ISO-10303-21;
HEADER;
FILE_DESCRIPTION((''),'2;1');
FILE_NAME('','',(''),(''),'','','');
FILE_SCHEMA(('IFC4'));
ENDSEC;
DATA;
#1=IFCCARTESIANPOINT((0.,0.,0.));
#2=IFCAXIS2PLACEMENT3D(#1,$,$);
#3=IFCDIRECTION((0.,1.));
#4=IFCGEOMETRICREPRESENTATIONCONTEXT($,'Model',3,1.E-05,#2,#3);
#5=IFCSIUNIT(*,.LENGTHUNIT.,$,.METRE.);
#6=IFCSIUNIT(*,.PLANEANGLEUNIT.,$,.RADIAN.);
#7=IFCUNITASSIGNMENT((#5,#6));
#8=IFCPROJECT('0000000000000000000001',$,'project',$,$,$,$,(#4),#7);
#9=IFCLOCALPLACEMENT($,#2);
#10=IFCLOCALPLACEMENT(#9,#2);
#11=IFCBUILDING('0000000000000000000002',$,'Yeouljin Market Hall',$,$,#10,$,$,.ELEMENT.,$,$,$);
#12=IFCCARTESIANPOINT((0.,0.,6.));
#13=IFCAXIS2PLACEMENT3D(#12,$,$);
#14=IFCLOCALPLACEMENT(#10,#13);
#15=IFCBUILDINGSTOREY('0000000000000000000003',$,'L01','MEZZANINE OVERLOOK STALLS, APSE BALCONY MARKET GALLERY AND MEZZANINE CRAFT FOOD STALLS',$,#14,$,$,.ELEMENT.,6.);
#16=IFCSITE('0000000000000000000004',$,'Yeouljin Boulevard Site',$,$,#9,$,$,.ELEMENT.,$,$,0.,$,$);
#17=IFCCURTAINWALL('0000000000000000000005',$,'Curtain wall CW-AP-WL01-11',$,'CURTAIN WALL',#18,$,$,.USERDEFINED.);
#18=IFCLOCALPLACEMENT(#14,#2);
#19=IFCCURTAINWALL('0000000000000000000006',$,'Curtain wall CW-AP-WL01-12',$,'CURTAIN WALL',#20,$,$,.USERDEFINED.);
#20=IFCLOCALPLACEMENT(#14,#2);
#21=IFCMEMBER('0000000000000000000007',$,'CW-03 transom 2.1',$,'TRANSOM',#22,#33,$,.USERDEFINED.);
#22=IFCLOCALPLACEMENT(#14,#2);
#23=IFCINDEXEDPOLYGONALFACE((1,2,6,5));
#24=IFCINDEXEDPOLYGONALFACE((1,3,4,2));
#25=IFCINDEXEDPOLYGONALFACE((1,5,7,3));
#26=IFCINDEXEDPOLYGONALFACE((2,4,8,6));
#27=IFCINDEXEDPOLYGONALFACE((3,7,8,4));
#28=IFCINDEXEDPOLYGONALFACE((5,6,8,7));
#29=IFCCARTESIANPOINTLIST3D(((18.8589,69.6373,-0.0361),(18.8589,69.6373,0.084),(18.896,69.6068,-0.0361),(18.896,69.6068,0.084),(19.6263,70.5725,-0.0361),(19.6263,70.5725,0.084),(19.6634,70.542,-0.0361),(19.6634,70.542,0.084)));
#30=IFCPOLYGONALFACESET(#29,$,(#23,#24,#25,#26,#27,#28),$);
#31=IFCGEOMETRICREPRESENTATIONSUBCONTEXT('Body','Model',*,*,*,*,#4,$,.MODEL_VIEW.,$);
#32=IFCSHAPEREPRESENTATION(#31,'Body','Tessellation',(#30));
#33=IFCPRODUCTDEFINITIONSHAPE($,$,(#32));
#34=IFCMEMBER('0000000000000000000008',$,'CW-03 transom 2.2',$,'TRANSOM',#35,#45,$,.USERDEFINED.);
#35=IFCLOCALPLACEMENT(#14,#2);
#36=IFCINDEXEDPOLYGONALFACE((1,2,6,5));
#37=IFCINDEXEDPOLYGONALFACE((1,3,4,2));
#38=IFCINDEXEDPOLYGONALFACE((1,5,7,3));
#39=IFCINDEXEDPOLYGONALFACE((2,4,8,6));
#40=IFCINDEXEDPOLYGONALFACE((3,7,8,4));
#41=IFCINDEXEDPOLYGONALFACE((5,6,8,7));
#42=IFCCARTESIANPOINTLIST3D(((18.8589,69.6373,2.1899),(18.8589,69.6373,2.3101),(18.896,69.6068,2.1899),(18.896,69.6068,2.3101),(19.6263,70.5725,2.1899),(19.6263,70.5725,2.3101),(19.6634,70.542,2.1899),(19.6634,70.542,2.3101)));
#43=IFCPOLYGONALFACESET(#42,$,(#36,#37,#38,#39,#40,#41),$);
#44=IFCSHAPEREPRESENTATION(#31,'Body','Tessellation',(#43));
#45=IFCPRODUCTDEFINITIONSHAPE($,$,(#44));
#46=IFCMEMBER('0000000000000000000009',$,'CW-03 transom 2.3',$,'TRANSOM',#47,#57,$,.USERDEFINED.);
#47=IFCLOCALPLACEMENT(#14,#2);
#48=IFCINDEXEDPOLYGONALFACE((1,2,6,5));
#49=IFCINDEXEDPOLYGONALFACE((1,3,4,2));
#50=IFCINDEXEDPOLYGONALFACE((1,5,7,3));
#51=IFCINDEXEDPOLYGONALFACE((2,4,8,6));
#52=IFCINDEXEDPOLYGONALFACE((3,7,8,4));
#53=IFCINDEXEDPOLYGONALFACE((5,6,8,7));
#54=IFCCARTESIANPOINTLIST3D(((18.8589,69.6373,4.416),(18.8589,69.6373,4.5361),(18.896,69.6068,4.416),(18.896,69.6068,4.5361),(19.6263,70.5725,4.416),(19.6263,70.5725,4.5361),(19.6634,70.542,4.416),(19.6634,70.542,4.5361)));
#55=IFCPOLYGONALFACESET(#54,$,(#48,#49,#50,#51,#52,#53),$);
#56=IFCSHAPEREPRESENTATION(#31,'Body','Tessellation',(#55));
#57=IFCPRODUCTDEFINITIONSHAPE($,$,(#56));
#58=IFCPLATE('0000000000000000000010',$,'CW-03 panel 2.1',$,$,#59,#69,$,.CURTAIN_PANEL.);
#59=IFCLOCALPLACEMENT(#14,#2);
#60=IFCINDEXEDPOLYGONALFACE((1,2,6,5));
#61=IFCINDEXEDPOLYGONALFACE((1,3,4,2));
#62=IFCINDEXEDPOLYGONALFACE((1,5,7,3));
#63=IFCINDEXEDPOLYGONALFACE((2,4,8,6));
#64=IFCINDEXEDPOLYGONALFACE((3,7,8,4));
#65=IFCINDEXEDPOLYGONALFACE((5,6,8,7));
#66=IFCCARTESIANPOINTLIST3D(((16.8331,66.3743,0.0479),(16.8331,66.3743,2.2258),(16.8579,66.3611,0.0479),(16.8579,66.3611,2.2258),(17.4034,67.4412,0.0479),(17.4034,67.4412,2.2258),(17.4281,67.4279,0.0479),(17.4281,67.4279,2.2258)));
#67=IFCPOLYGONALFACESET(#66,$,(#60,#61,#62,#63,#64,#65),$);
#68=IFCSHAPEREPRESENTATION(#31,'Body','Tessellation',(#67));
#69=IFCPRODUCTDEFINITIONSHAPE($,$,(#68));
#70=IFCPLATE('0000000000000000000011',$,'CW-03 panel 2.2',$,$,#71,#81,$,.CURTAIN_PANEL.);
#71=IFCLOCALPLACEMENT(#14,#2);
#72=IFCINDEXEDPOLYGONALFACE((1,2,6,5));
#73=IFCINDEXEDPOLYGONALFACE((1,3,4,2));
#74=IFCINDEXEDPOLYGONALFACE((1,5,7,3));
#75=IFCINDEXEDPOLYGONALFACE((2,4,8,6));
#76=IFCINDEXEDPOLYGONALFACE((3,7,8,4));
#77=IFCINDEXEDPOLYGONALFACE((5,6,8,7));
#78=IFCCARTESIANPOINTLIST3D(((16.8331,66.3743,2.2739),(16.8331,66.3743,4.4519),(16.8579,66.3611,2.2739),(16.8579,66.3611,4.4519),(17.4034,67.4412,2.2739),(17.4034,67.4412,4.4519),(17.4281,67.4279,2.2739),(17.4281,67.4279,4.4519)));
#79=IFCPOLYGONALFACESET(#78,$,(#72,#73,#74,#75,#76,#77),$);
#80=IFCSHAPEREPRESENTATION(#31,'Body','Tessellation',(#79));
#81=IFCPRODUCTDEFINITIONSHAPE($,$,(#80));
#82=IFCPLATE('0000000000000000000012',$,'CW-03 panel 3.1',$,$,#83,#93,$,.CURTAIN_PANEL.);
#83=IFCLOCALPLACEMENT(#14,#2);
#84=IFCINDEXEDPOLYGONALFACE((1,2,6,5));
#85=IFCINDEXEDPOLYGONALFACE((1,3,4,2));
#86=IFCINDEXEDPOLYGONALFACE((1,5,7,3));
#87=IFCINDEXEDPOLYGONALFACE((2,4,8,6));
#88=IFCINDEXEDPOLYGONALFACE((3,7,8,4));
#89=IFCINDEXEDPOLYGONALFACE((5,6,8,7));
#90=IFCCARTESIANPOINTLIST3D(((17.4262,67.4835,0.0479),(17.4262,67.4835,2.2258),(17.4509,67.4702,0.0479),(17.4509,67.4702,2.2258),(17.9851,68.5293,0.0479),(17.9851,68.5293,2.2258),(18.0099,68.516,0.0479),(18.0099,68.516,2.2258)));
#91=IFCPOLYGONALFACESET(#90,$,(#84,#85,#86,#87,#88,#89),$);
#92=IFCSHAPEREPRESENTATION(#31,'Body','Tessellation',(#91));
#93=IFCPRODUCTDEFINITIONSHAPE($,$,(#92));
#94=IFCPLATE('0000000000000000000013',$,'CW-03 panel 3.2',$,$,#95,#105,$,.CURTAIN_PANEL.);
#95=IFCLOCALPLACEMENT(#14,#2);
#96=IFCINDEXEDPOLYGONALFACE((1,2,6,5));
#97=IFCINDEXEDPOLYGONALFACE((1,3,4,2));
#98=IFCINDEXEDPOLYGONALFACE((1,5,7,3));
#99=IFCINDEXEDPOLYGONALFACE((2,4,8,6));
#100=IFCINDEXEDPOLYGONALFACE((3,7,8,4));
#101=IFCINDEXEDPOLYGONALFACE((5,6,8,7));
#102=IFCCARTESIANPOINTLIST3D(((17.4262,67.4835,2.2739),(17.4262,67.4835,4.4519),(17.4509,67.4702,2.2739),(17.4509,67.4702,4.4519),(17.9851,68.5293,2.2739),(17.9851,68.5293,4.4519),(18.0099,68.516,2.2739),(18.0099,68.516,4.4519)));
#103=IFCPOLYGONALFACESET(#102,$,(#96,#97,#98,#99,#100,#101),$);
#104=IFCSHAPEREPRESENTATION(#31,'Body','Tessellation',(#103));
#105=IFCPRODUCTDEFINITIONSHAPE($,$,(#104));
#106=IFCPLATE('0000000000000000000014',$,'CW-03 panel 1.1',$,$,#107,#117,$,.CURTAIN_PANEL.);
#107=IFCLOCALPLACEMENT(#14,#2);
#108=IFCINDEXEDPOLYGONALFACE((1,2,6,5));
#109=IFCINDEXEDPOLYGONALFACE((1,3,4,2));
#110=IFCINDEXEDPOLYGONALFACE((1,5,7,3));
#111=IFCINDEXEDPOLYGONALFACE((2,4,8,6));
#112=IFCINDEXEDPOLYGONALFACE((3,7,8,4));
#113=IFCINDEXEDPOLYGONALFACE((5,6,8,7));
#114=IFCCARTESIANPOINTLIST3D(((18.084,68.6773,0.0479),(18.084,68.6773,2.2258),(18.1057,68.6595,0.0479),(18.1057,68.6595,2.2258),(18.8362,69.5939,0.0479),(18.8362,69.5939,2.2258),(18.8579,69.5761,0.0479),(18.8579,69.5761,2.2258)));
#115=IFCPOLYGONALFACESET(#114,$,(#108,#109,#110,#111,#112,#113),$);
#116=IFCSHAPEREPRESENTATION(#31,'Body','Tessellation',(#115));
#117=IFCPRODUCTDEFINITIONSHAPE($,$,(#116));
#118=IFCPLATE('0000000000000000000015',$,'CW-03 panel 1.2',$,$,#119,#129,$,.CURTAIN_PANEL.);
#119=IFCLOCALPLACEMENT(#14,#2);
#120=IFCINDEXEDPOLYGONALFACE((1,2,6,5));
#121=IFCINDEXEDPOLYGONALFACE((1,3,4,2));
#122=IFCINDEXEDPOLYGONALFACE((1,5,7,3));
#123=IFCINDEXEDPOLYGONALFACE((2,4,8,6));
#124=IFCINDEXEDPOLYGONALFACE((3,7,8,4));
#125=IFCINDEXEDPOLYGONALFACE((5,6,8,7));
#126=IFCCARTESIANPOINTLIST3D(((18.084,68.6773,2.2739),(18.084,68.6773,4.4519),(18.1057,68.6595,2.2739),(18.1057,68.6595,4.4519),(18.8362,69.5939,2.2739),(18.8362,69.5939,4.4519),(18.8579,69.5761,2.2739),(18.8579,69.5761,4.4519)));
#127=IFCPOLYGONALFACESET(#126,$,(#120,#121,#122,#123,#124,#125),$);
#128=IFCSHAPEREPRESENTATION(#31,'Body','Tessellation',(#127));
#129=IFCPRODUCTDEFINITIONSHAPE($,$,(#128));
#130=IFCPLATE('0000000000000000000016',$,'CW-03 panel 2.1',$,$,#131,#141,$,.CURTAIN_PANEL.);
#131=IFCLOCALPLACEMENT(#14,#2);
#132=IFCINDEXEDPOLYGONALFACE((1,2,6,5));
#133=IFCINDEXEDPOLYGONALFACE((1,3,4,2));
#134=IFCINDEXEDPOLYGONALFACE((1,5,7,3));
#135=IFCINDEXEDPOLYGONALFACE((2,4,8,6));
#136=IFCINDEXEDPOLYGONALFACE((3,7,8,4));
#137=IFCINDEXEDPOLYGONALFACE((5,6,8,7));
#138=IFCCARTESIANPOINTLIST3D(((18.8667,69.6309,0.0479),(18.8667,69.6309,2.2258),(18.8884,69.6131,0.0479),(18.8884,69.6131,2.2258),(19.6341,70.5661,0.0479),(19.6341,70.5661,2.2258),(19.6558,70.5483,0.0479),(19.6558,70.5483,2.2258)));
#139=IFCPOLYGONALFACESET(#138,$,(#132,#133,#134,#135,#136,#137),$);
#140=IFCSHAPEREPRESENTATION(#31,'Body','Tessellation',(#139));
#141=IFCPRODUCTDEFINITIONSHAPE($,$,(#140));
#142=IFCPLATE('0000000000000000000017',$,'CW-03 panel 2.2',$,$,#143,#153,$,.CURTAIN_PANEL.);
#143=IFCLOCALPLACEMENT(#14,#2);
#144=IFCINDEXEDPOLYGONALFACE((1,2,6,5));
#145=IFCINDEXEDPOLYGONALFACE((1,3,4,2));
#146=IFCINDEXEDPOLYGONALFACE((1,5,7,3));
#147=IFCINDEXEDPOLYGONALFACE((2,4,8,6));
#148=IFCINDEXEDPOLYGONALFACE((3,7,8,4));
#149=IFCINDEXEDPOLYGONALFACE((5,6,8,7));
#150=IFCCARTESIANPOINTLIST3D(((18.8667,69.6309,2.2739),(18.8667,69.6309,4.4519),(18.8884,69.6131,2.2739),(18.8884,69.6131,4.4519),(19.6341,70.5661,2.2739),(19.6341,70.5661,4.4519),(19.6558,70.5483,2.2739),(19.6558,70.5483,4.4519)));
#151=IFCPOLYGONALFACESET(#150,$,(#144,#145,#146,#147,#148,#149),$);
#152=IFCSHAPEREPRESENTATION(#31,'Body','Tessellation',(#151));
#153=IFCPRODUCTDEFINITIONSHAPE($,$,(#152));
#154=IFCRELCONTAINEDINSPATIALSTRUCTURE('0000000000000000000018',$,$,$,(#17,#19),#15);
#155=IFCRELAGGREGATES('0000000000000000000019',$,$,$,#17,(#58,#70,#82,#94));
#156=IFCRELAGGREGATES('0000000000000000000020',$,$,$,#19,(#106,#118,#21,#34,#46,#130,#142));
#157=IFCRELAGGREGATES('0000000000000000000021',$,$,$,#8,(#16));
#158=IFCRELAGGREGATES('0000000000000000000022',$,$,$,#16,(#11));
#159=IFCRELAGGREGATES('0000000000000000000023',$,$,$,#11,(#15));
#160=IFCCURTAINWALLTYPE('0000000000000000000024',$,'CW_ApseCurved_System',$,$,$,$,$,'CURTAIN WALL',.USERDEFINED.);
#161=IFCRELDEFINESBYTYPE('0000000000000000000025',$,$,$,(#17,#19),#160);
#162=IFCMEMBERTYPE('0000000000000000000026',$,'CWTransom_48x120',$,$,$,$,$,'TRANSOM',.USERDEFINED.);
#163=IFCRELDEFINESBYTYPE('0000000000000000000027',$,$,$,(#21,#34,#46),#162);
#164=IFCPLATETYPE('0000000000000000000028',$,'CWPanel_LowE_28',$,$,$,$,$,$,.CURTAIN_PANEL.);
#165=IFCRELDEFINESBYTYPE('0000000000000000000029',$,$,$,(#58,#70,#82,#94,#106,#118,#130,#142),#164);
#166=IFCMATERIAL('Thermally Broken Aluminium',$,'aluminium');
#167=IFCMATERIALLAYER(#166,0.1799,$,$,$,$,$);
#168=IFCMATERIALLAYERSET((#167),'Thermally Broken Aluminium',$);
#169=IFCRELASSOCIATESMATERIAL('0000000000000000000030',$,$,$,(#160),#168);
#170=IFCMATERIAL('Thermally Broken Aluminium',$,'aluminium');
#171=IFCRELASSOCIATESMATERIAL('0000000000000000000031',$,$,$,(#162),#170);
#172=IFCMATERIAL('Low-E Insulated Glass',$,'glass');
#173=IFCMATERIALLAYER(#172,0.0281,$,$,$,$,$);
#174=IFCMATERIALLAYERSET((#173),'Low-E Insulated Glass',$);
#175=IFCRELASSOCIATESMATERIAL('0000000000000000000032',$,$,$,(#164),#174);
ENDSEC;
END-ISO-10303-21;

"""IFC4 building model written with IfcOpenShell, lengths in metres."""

from ifc_helpers import new_model, si_unit, direction, frame, origin, origin_2d, place, context, subcontext, project, spatial, rectangle, extrude, material, layer, layer_set, material_profile, profile_set, type_object, element, aggregate, save


model = new_model("IFC4")

# Units and contexts
model_context = context("Model", 3, precision=1e-05, world=origin(), true_north=direction((0.0, 1.0)))
body_context = subcontext(model_context, "Body", "Model", "MODEL_VIEW")
ifc_project = project(units=[si_unit("LENGTHUNIT", "METRE"), si_unit("PLANEANGLEUNIT", "RADIAN")], contexts=[model_context])

# Site, building, storey
site_placement = place(None, origin())
site = spatial("IfcSite", under=ifc_project, at=site_placement, Name="Yeouljin Boulevard Site", CompositionType="ELEMENT", RefElevation=0.0)
building_placement = place(site_placement, origin())
building = spatial("IfcBuilding", under=site, at=building_placement, Name="Yeouljin Market Hall", CompositionType="ELEMENT")
storey_placement = place(building_placement, frame((0.0, 0.0, 6.0)))
storey = spatial("IfcBuildingStorey", under=building, at=storey_placement, Name="L01", Description="MEZZANINE OVERLOOK STALLS, APSE BALCONY MARKET GALLERY AND MEZZANINE CRAFT FOOD STALLS", CompositionType="ELEMENT", Elevation=6.0)

# Curtain walls
ifc_material_1 = material(Name="Thermally Broken Aluminium", Category="aluminium")
ifc_layer_1 = layer(ifc_material_1, 0.1799)
ifc_layer_set_1 = layer_set([ifc_layer_1], Name="Thermally Broken Aluminium")
curtain_wall_type = type_object("IfcCurtainWallType", Name="CW_ApseCurved_System", ElementType="CURTAIN WALL", PredefinedType="USERDEFINED", material=ifc_layer_set_1)
curtain_wall_1_placement = place(storey_placement, origin())
curtain_wall_1 = element("IfcCurtainWall", 1, at=curtain_wall_1_placement, inside=storey, type_object=curtain_wall_type, Name="Curtain wall CW-AP-WL01-11", ObjectType="CURTAIN WALL", PredefinedType="USERDEFINED")
curtain_wall_2_placement = place(storey_placement, origin())
curtain_wall_2 = element("IfcCurtainWall", 2, at=curtain_wall_2_placement, inside=storey, type_object=curtain_wall_type, Name="Curtain wall CW-AP-WL01-12", ObjectType="CURTAIN WALL", PredefinedType="USERDEFINED")

# Members
ifc_material_2 = material(Name="Thermally Broken Aluminium", Category="aluminium")
ifc_material_profile_1 = material_profile(ifc_material_2, rectangle(XDim=0.0481, YDim=0.1201, at=origin_2d()), Name="CW-TRAN-48x120")
ifc_profile_set_1 = profile_set([ifc_material_profile_1], Name="Thermally Broken Aluminium")
member_type_1 = type_object("IfcMemberType", Name="CWTransom_48x120", ElementType="TRANSOM", PredefinedType="USERDEFINED", material=ifc_profile_set_1)
member_1_placement = place(storey_placement, frame((18.8774, 69.6221, 0.0239), z_axis=(0.634369, 0.77303, 0.0), x_axis=(-0.77303, 0.634369, 0.0)))
member_1 = element("IfcMember", 3, at=member_1_placement, type_object=member_type_1, Name="CW-03 transom 2.1", ObjectType="TRANSOM", PredefinedType="USERDEFINED", context=body_context, shape_type="SweptSolid", body=[
    extrude(rectangle(XDim=0.0481, YDim=0.1201, at=origin_2d()), origin(), (0.0, 0.0, 1.0), 1.2097),
])
member_2_placement = place(storey_placement, frame((18.8774, 69.6221, 2.25), z_axis=(0.634369, 0.77303, 0.0), x_axis=(-0.77303, 0.634369, 0.0)))
member_2 = element("IfcMember", 4, at=member_2_placement, type_object=member_type_1, Name="CW-03 transom 2.2", ObjectType="TRANSOM", PredefinedType="USERDEFINED", context=body_context, shape_type="SweptSolid", body=[
    extrude(rectangle(XDim=0.0481, YDim=0.1201, at=origin_2d()), origin(), (0.0, 0.0, 1.0), 1.2097),
])
member_3_placement = place(storey_placement, frame((18.8774, 69.6221, 4.4761), z_axis=(0.634369, 0.77303, 0.0), x_axis=(-0.77303, 0.634369, 0.0)))
member_3 = element("IfcMember", 5, at=member_3_placement, type_object=member_type_1, Name="CW-03 transom 2.3", ObjectType="TRANSOM", PredefinedType="USERDEFINED", context=body_context, shape_type="SweptSolid", body=[
    extrude(rectangle(XDim=0.0481, YDim=0.1201, at=origin_2d()), origin(), (0.0, 0.0, 1.0), 1.2097),
])

# Plates
ifc_material_3 = material(Name="Low-E Insulated Glass", Category="glass")
ifc_layer_2 = layer(ifc_material_3, 0.0281)
ifc_layer_set_2 = layer_set([ifc_layer_2], Name="Low-E Insulated Glass")
plate_type = type_object("IfcPlateType", Name="CWPanel_LowE_28", PredefinedType="CURTAIN_PANEL", material=ifc_layer_set_2)
plate_1_placement = place(storey_placement, frame((17.1306, 66.9011, 0.0479), z_axis=(0.0, 0.0, 1.0), x_axis=(0.471378, 0.881931, 0.0)))
plate_1 = element("IfcPlate", 6, at=plate_1_placement, type_object=plate_type, Name="CW-03 panel 2.1", PredefinedType="CURTAIN_PANEL", context=body_context, shape_type="SweptSolid", body=[
    extrude(rectangle(XDim=1.2097, YDim=0.0281, at=origin_2d()), origin(), (0.0, 0.0, 1.0), 2.178),
])
plate_2_placement = place(storey_placement, frame((17.1306, 66.9011, 2.2739), z_axis=(0.0, 0.0, 1.0), x_axis=(0.471378, 0.881931, 0.0)))
plate_2 = element("IfcPlate", 7, at=plate_2_placement, type_object=plate_type, Name="CW-03 panel 2.2", PredefinedType="CURTAIN_PANEL", context=body_context, shape_type="SweptSolid", body=[
    extrude(rectangle(XDim=1.2097, YDim=0.0281, at=origin_2d()), origin(), (0.0, 0.0, 1.0), 2.178),
])
plate_3_placement = place(storey_placement, frame((17.718, 67.9998, 0.0479), z_axis=(0.0, 0.0, 1.0), x_axis=(0.471378, 0.881931, 0.0)))
plate_3 = element("IfcPlate", 8, at=plate_3_placement, type_object=plate_type, Name="CW-03 panel 3.1", PredefinedType="CURTAIN_PANEL", context=body_context, shape_type="SweptSolid", body=[
    extrude(rectangle(XDim=1.1858, YDim=0.0281, at=origin_2d()), origin(), (0.0, 0.0, 1.0), 2.178),
])
plate_4_placement = place(storey_placement, frame((17.718, 67.9998, 2.2739), z_axis=(0.0, 0.0, 1.0), x_axis=(0.471378, 0.881931, 0.0)))
plate_4 = element("IfcPlate", 9, at=plate_4_placement, type_object=plate_type, Name="CW-03 panel 3.2", PredefinedType="CURTAIN_PANEL", context=body_context, shape_type="SweptSolid", body=[
    extrude(rectangle(XDim=1.1858, YDim=0.0281, at=origin_2d()), origin(), (0.0, 0.0, 1.0), 2.178),
])
aggregate(curtain_wall_1, [plate_1, plate_2, plate_3, plate_4])
plate_5_placement = place(storey_placement, frame((18.4709, 69.1267, 0.0479), z_axis=(0.0, 0.0, 1.0), x_axis=(0.634384, 0.773018, 0.0)))
plate_5 = element("IfcPlate", 10, at=plate_5_placement, type_object=plate_type, Name="CW-03 panel 1.1", PredefinedType="CURTAIN_PANEL", context=body_context, shape_type="SweptSolid", body=[
    extrude(rectangle(XDim=1.1858, YDim=0.0281, at=origin_2d()), origin(), (0.0, 0.0, 1.0), 2.178),
])
plate_6_placement = place(storey_placement, frame((18.4709, 69.1267, 2.2739), z_axis=(0.0, 0.0, 1.0), x_axis=(0.634384, 0.773018, 0.0)))
plate_6 = element("IfcPlate", 11, at=plate_6_placement, type_object=plate_type, Name="CW-03 panel 1.2", PredefinedType="CURTAIN_PANEL", context=body_context, shape_type="SweptSolid", body=[
    extrude(rectangle(XDim=1.1858, YDim=0.0281, at=origin_2d()), origin(), (0.0, 0.0, 1.0), 2.178),
])
plate_7_placement = place(storey_placement, frame((19.2612, 70.0896, 0.0479), z_axis=(0.0, 0.0, 1.0), x_axis=(0.634384, 0.773018, 0.0)))
plate_7 = element("IfcPlate", 12, at=plate_7_placement, type_object=plate_type, Name="CW-03 panel 2.1", PredefinedType="CURTAIN_PANEL", context=body_context, shape_type="SweptSolid", body=[
    extrude(rectangle(XDim=1.2097, YDim=0.0281, at=origin_2d()), origin(), (0.0, 0.0, 1.0), 2.178),
])
plate_8_placement = place(storey_placement, frame((19.2612, 70.0896, 2.2739), z_axis=(0.0, 0.0, 1.0), x_axis=(0.634384, 0.773018, 0.0)))
plate_8 = element("IfcPlate", 13, at=plate_8_placement, type_object=plate_type, Name="CW-03 panel 2.2", PredefinedType="CURTAIN_PANEL", context=body_context, shape_type="SweptSolid", body=[
    extrude(rectangle(XDim=1.2097, YDim=0.0281, at=origin_2d()), origin(), (0.0, 0.0, 1.0), 2.178),
])
aggregate(curtain_wall_2, [plate_5, plate_6, member_1, member_2, member_3, plate_7, plate_8])

save(model, "model.ifc")
